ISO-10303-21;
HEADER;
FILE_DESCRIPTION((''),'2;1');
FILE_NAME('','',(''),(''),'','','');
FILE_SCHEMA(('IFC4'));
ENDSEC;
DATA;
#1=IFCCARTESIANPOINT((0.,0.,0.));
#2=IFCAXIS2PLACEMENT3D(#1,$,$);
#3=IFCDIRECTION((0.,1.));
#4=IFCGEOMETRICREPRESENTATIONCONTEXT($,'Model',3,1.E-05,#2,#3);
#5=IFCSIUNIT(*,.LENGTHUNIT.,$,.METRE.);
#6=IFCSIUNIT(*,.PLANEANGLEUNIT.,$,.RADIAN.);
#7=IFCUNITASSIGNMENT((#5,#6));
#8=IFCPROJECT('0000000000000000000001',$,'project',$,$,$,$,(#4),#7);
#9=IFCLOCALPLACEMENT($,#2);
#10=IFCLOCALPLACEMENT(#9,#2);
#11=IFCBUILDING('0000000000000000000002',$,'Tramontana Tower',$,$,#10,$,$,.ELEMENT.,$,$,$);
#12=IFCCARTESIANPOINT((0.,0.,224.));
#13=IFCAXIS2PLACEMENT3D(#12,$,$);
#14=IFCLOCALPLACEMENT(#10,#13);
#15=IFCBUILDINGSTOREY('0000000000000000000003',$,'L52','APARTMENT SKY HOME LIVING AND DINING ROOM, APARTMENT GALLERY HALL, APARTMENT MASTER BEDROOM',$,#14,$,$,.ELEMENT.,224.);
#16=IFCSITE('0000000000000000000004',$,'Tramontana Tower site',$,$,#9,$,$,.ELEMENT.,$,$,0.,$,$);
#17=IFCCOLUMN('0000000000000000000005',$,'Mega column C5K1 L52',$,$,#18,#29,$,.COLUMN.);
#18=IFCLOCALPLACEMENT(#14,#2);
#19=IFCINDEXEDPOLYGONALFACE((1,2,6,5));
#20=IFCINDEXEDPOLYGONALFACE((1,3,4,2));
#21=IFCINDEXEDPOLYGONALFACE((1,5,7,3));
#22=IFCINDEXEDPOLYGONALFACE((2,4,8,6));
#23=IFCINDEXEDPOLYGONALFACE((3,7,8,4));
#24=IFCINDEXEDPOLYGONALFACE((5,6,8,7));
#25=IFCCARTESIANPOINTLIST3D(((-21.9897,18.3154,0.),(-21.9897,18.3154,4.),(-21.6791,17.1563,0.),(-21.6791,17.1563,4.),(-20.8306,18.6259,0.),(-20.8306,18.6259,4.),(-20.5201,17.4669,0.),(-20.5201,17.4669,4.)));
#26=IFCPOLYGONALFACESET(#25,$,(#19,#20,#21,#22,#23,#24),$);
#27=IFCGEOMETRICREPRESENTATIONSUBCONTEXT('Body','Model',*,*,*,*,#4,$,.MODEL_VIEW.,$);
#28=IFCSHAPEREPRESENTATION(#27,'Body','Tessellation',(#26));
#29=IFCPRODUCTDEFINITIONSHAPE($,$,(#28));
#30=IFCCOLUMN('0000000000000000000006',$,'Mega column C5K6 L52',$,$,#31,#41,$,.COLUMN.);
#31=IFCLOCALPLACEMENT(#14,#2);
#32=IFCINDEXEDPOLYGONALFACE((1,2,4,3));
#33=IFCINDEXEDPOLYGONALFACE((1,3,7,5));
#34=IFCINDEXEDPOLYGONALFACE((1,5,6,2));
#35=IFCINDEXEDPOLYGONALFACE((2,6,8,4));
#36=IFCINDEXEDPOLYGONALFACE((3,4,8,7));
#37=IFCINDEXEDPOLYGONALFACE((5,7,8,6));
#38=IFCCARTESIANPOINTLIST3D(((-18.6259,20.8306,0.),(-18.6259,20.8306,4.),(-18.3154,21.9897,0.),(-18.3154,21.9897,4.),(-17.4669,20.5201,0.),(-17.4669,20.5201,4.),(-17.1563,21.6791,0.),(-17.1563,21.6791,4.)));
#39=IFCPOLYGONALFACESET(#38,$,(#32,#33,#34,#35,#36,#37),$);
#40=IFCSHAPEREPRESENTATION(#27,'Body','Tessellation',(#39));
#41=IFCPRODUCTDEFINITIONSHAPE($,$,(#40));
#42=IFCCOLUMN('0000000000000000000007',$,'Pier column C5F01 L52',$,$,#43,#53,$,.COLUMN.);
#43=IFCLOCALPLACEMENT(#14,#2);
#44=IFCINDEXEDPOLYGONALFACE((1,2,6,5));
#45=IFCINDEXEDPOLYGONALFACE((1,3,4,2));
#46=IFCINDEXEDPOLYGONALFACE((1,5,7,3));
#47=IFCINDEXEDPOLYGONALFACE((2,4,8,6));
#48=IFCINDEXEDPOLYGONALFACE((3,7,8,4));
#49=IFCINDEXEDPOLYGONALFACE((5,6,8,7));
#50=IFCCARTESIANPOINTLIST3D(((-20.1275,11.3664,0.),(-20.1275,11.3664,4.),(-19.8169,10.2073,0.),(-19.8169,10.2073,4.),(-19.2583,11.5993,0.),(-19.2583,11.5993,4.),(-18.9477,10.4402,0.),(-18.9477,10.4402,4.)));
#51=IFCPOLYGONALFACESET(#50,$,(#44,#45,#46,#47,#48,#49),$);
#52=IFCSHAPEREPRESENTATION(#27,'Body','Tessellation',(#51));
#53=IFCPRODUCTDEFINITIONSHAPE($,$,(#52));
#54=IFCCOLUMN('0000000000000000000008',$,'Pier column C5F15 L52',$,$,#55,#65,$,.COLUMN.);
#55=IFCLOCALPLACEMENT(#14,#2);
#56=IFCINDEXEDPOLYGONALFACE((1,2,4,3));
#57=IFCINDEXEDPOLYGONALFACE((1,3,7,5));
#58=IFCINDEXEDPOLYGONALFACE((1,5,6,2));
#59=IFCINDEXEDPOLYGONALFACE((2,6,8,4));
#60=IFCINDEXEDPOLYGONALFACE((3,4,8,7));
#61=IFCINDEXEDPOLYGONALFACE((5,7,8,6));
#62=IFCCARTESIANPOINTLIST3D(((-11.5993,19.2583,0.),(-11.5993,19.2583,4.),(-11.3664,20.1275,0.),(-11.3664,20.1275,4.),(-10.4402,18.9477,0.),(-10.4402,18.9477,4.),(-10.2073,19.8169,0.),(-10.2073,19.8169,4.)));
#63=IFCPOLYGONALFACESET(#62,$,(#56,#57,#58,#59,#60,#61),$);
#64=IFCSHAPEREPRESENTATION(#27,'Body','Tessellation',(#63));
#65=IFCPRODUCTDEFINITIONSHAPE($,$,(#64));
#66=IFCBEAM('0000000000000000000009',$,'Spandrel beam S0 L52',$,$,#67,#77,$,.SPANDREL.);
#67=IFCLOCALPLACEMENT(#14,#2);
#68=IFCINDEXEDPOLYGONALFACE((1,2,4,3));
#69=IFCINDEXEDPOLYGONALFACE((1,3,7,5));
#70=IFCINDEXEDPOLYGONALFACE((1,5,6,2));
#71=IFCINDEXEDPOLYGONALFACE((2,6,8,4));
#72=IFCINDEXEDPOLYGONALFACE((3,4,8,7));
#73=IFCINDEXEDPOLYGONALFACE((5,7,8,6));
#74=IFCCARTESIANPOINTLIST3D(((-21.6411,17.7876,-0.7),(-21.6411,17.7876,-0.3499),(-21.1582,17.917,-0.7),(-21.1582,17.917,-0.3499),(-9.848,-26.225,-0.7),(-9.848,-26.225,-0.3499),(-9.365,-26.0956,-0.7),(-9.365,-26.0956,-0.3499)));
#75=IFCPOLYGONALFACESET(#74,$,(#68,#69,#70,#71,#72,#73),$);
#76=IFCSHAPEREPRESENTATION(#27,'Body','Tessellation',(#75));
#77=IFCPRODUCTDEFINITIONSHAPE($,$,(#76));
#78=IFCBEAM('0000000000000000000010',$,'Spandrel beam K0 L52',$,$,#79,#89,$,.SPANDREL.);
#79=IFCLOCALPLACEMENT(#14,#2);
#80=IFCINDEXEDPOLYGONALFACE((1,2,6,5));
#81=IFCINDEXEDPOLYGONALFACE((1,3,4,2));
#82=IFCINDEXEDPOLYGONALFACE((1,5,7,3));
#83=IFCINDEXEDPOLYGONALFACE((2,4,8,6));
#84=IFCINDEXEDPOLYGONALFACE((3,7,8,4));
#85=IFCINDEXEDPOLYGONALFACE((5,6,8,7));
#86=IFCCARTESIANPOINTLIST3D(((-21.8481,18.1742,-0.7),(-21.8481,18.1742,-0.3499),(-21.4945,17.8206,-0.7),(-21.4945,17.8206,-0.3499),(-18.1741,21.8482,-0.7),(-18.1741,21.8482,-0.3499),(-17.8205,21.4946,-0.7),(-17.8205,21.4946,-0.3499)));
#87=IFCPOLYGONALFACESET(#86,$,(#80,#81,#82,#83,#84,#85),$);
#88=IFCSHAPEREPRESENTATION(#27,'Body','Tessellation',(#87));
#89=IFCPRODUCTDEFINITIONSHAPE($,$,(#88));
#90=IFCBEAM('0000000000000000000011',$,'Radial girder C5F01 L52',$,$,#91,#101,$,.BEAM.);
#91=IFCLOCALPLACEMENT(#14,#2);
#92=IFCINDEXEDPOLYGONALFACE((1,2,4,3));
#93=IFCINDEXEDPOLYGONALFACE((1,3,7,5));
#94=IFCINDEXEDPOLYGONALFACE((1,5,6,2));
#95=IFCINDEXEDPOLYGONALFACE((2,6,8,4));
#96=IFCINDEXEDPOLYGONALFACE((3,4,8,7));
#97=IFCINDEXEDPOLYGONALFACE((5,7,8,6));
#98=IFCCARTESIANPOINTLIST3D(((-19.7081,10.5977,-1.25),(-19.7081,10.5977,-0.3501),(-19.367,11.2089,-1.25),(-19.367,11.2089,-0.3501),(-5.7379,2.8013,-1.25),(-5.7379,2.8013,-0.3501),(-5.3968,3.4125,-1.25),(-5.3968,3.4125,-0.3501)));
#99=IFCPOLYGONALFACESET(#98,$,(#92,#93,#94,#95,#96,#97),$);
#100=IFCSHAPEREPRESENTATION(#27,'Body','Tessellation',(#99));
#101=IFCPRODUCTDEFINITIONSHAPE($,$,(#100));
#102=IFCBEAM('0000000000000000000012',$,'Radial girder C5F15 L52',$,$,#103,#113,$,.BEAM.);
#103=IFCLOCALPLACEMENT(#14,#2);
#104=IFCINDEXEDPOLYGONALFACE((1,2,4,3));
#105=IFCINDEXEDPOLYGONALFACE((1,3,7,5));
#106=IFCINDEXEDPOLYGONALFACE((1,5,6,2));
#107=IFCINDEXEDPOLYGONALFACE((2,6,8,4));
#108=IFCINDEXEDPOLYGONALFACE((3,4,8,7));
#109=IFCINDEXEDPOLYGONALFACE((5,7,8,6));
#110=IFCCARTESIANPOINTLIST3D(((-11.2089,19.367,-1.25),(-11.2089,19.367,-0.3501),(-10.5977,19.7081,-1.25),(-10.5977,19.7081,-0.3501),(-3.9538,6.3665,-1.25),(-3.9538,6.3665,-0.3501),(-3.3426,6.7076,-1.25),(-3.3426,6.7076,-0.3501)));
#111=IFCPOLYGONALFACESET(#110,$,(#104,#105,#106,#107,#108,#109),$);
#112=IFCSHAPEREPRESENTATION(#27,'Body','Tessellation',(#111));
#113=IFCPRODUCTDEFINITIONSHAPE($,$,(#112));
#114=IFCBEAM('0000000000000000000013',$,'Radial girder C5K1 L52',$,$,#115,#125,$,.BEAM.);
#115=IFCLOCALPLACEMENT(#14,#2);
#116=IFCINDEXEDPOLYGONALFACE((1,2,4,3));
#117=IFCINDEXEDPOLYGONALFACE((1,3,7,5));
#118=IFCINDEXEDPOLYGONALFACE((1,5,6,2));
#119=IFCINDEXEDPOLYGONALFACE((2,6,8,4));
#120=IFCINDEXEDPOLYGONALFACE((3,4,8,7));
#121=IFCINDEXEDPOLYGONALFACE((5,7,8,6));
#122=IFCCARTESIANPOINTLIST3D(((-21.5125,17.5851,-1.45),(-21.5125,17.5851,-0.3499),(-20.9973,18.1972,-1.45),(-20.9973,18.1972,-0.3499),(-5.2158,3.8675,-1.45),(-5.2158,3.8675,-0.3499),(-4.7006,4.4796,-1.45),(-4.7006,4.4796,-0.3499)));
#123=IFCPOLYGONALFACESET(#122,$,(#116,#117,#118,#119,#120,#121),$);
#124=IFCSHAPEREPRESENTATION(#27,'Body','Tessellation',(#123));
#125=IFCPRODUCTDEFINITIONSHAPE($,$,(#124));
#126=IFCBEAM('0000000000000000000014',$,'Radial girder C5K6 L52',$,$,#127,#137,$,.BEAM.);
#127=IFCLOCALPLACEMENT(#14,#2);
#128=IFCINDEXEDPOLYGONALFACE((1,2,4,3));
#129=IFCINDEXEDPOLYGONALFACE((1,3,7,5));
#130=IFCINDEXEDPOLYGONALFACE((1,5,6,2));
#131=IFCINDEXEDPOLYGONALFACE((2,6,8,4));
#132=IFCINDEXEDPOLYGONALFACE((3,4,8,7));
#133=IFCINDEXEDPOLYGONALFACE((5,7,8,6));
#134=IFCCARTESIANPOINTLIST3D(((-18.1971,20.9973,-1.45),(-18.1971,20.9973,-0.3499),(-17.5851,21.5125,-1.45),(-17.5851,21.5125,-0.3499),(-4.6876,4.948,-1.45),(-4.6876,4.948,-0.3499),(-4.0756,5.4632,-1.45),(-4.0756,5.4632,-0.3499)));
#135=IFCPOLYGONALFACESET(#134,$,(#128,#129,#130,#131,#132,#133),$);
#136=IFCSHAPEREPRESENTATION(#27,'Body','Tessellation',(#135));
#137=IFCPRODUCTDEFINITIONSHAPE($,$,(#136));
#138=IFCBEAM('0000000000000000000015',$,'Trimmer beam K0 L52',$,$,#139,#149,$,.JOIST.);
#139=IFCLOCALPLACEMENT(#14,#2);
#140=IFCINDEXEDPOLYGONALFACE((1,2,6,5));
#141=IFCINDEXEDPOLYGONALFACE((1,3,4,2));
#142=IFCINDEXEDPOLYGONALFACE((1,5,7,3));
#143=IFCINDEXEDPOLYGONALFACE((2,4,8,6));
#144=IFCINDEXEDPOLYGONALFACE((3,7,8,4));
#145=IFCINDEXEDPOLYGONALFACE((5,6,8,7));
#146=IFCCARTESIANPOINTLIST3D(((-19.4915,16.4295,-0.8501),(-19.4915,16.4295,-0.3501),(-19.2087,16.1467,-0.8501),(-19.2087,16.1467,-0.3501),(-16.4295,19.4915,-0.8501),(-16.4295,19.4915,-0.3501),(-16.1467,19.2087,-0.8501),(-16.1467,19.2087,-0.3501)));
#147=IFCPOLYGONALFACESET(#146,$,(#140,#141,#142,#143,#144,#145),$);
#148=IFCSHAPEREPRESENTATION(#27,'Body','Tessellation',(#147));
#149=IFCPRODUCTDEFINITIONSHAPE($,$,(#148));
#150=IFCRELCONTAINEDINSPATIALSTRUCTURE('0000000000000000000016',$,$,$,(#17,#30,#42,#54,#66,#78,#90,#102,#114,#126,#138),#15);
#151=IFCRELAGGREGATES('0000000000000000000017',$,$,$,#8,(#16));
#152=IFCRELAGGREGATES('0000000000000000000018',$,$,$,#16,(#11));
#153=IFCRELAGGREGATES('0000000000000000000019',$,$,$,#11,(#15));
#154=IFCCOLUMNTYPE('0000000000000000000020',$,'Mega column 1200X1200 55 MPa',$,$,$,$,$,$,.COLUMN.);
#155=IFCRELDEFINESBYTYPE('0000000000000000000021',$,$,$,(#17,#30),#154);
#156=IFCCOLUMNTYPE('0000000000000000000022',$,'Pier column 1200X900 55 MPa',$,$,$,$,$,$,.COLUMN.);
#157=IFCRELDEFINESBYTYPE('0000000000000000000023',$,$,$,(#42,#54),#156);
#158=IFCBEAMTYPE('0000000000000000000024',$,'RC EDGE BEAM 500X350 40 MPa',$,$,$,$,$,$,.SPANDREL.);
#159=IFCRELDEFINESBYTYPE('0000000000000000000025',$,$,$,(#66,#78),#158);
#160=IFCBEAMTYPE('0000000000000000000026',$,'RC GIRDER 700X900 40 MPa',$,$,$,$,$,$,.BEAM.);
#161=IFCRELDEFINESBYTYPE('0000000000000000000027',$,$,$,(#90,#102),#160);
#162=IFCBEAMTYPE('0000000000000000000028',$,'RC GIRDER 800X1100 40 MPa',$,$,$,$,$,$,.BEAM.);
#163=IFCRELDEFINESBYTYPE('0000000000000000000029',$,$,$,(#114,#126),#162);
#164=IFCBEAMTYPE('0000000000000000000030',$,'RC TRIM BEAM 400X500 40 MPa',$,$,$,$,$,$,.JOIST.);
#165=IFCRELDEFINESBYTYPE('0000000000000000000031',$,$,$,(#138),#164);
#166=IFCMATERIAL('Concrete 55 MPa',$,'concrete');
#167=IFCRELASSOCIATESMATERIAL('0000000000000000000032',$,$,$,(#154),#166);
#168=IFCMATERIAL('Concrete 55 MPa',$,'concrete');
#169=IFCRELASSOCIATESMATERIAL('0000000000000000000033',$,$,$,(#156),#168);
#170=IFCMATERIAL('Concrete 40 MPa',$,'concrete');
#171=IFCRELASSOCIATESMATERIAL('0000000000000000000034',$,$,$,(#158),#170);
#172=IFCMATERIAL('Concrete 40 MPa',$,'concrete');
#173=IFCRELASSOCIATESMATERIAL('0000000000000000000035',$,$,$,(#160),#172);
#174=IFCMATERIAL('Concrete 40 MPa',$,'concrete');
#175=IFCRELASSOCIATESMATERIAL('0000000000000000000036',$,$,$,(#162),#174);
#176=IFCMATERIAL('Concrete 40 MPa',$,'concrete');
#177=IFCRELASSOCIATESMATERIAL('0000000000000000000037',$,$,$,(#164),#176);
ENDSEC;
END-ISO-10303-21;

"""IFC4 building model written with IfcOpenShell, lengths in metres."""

from ifc_helpers import new_model, si_unit, direction, frame, origin, origin_2d, place, context, subcontext, project, spatial, rectangle, extrude, material, material_profile, profile_set, type_object, element, save


model = new_model("IFC4")

# Units and contexts
model_context = context("Model", 3, precision=1e-05, world=origin(), true_north=direction((0.0, 1.0)))
body_context = subcontext(model_context, "Body", "Model", "MODEL_VIEW")
ifc_project = project(units=[si_unit("LENGTHUNIT", "METRE"), si_unit("PLANEANGLEUNIT", "RADIAN")], contexts=[model_context])

# Site, building, storey
site_placement = place(None, origin())
site = spatial("IfcSite", under=ifc_project, at=site_placement, Name="Tramontana Tower site", CompositionType="ELEMENT", RefElevation=0.0)
building_placement = place(site_placement, origin())
building = spatial("IfcBuilding", under=site, at=building_placement, Name="Tramontana Tower", CompositionType="ELEMENT")
storey_placement = place(building_placement, frame((0.0, 0.0, 224.0)))
storey = spatial("IfcBuildingStorey", under=building, at=storey_placement, Name="L52", Description="APARTMENT SKY HOME LIVING AND DINING ROOM, APARTMENT GALLERY HALL, APARTMENT MASTER BEDROOM", CompositionType="ELEMENT", Elevation=224.0)

# Columns
ifc_material_1 = material(Name="Concrete 55 MPa", Category="concrete")
ifc_material_profile_1 = material_profile(ifc_material_1, rectangle(XDim=1.2, YDim=1.2, at=origin_2d()), Name="Mega column 1200X1200 55 MPa")
ifc_profile_set_1 = profile_set([ifc_material_profile_1], Name="Concrete 55 MPa")
column_type_1 = type_object("IfcColumnType", Name="Mega column 1200X1200 55 MPa", PredefinedType="COLUMN", material=ifc_profile_set_1)
for number, where, z_axis, x_axis, name in (
    (1, (-21.2549, 17.8911, 0.0), (0.0, 0.0, 1.0), (0.258819, -0.965926, 0.0), "Mega column C5K1 L52"),
    (2, (-17.8911, 21.2549, 0.0), (0.0, 0.0, 1.0), (-0.965926, 0.258819, 0.0), "Mega column C5K6 L52"),
):
    element("IfcColumn", number, at=place(storey_placement, frame(where, z_axis=z_axis, x_axis=x_axis)), inside=storey, type_object=column_type_1, Name=name, PredefinedType="COLUMN", context=body_context, shape_type="SweptSolid", body=[
        extrude(rectangle(XDim=1.2, YDim=1.2, at=origin_2d()), origin(), (0.0, 0.0, 1.0), 4.0),
    ])
ifc_material_2 = material(Name="Concrete 55 MPa", Category="concrete")
ifc_material_profile_2 = material_profile(ifc_material_2, rectangle(XDim=1.2, YDim=0.8999, at=origin_2d()), Name="Pier column 1200X900 55 MPa")
ifc_profile_set_2 = profile_set([ifc_material_profile_2], Name="Concrete 55 MPa")
column_type_2 = type_object("IfcColumnType", Name="Pier column 1200X900 55 MPa", PredefinedType="COLUMN", material=ifc_profile_set_2)
for number, where, z_axis, x_axis, name in (
    (3, (-19.5376, 10.9033, 0.0), (0.0, 0.0, 1.0), (0.258819, -0.965926, 0.0), "Pier column C5F01 L52"),
    (4, (-10.9033, 19.5376, 0.0), (0.0, 0.0, 1.0), (-0.965926, 0.258819, 0.0), "Pier column C5F15 L52"),
):
    element("IfcColumn", number, at=place(storey_placement, frame(where, z_axis=z_axis, x_axis=x_axis)), inside=storey, type_object=column_type_2, Name=name, PredefinedType="COLUMN", context=body_context, shape_type="SweptSolid", body=[
        extrude(rectangle(XDim=1.2, YDim=0.8999, at=origin_2d()), origin(), (0.0, 0.0, 1.0), 4.0),
    ])

# Beams
ifc_material_3 = material(Name="Concrete 40 MPa", Category="concrete")
ifc_material_profile_3 = material_profile(ifc_material_3, rectangle(XDim=0.5, YDim=0.3501, at=origin_2d()), Name="RC EDGE BEAM 500X350 40 MPa")
ifc_profile_set_3 = profile_set([ifc_material_profile_3], Name="Concrete 40 MPa")
beam_type_1 = type_object("IfcBeamType", Name="RC EDGE BEAM 500X350 40 MPa", PredefinedType="SPANDREL", material=ifc_profile_set_3)
beam_1_placement = place(storey_placement, frame((-21.3997, 17.8523, -0.5249), z_axis=(0.25882, -0.965926, 0.0), x_axis=(0.965926, 0.25882, 0.0)))
element("IfcBeam", 5, at=beam_1_placement, inside=storey, type_object=beam_type_1, Name="Spandrel beam S0 L52", PredefinedType="SPANDREL", context=body_context, shape_type="SweptSolid", body=[
    extrude(rectangle(XDim=0.5, YDim=0.3501, at=origin_2d()), origin(), (0.0, 0.0, 1.0), 45.5652),
])
beam_2_placement = place(storey_placement, frame((-17.9973, 21.6714, -0.5249), z_axis=(-0.707107, -0.707107, 0.0), x_axis=(0.707107, -0.707107, 0.0)))
element("IfcBeam", 6, at=beam_2_placement, inside=storey, type_object=beam_type_1, Name="Spandrel beam K0 L52", PredefinedType="SPANDREL", context=body_context, shape_type="SweptSolid", body=[
    extrude(rectangle(XDim=0.5, YDim=0.3501, at=origin_2d()), origin(), (0.0, 0.0, 1.0), 5.1958),
])
ifc_material_4 = material(Name="Concrete 40 MPa", Category="concrete")
ifc_material_profile_4 = material_profile(ifc_material_4, rectangle(XDim=0.7, YDim=0.8999, at=origin_2d()), Name="RC GIRDER 700X900 40 MPa")
ifc_profile_set_4 = profile_set([ifc_material_profile_4], Name="Concrete 40 MPa")
beam_type_2 = type_object("IfcBeamType", Name="RC GIRDER 700X900 40 MPa", PredefinedType="BEAM", material=ifc_profile_set_4)
beam_3_placement = place(storey_placement, frame((-19.5376, 10.9033, -0.8), z_axis=(0.873223, -0.487321, 0.0), x_axis=(0.487321, 0.873223, 0.0)))
element("IfcBeam", 7, at=beam_3_placement, inside=storey, type_object=beam_type_2, Name="Radial girder C5F01 L52", PredefinedType="BEAM", context=body_context, shape_type="SweptSolid", body=[
    extrude(rectangle(XDim=0.7, YDim=0.8999, at=origin_2d()), origin(), (0.0, 0.0, 1.0), 15.9985),
])
beam_4_placement = place(storey_placement, frame((-10.9033, 19.5376, -0.8), z_axis=(0.487317, -0.873225, 0.0), x_axis=(0.873225, 0.487317, 0.0)))
element("IfcBeam", 8, at=beam_4_placement, inside=storey, type_object=beam_type_2, Name="Radial girder C5F15 L52", PredefinedType="BEAM", context=body_context, shape_type="SweptSolid", body=[
    extrude(rectangle(XDim=0.7, YDim=0.8999, at=origin_2d()), origin(), (0.0, 0.0, 1.0), 14.8879),
])
ifc_material_5 = material(Name="Concrete 40 MPa", Category="concrete")
ifc_material_profile_5 = material_profile(ifc_material_5, rectangle(XDim=0.8, YDim=1.1001, at=origin_2d()), Name="RC GIRDER 800X1100 40 MPa")
ifc_profile_set_5 = profile_set([ifc_material_profile_5], Name="Concrete 40 MPa")
beam_type_3 = type_object("IfcBeamType", Name="RC GIRDER 800X1100 40 MPa", PredefinedType="BEAM", material=ifc_profile_set_5)
beam_5_placement = place(storey_placement, frame((-21.2549, 17.8911, -0.8999), z_axis=(0.765049, -0.643972, 0.0), x_axis=(0.643972, 0.765049, 0.0)))
element("IfcBeam", 9, at=beam_5_placement, inside=storey, type_object=beam_type_3, Name="Radial girder C5K1 L52", PredefinedType="BEAM", context=body_context, shape_type="SweptSolid", body=[
    extrude(rectangle(XDim=0.8, YDim=1.1001, at=origin_2d()), origin(), (0.0, 0.0, 1.0), 21.3015),
])
beam_6_placement = place(storey_placement, frame((-17.8911, 21.2549, -0.8999), z_axis=(0.643977, -0.765045, 0.0), x_axis=(0.765045, 0.643977, 0.0)))
element("IfcBeam", 10, at=beam_6_placement, inside=storey, type_object=beam_type_3, Name="Radial girder C5K6 L52", PredefinedType="BEAM", context=body_context, shape_type="SweptSolid", body=[
    extrude(rectangle(XDim=0.8, YDim=1.1001, at=origin_2d()), origin(), (0.0, 0.0, 1.0), 20.9783),
])
ifc_material_6 = material(Name="Concrete 40 MPa", Category="concrete")
ifc_material_profile_6 = material_profile(ifc_material_6, rectangle(XDim=0.3999, YDim=0.5, at=origin_2d()), Name="RC TRIM BEAM 400X500 40 MPa")
ifc_profile_set_6 = profile_set([ifc_material_profile_6], Name="Concrete 40 MPa")
beam_type_4 = type_object("IfcBeamType", Name="RC TRIM BEAM 400X500 40 MPa", PredefinedType="JOIST", material=ifc_profile_set_6)
beam_7_placement = place(storey_placement, frame((-16.2881, 19.3501, -0.6001), z_axis=(-0.707107, -0.707107, 0.0), x_axis=(0.707107, -0.707107, 0.0)))
element("IfcBeam", 11, at=beam_7_placement, inside=storey, type_object=beam_type_4, Name="Trimmer beam K0 L52", PredefinedType="JOIST", context=body_context, shape_type="SweptSolid", body=[
    extrude(rectangle(XDim=0.3999, YDim=0.5, at=origin_2d()), origin(), (0.0, 0.0, 1.0), 4.3303),
])

save(model, "model.ifc")
